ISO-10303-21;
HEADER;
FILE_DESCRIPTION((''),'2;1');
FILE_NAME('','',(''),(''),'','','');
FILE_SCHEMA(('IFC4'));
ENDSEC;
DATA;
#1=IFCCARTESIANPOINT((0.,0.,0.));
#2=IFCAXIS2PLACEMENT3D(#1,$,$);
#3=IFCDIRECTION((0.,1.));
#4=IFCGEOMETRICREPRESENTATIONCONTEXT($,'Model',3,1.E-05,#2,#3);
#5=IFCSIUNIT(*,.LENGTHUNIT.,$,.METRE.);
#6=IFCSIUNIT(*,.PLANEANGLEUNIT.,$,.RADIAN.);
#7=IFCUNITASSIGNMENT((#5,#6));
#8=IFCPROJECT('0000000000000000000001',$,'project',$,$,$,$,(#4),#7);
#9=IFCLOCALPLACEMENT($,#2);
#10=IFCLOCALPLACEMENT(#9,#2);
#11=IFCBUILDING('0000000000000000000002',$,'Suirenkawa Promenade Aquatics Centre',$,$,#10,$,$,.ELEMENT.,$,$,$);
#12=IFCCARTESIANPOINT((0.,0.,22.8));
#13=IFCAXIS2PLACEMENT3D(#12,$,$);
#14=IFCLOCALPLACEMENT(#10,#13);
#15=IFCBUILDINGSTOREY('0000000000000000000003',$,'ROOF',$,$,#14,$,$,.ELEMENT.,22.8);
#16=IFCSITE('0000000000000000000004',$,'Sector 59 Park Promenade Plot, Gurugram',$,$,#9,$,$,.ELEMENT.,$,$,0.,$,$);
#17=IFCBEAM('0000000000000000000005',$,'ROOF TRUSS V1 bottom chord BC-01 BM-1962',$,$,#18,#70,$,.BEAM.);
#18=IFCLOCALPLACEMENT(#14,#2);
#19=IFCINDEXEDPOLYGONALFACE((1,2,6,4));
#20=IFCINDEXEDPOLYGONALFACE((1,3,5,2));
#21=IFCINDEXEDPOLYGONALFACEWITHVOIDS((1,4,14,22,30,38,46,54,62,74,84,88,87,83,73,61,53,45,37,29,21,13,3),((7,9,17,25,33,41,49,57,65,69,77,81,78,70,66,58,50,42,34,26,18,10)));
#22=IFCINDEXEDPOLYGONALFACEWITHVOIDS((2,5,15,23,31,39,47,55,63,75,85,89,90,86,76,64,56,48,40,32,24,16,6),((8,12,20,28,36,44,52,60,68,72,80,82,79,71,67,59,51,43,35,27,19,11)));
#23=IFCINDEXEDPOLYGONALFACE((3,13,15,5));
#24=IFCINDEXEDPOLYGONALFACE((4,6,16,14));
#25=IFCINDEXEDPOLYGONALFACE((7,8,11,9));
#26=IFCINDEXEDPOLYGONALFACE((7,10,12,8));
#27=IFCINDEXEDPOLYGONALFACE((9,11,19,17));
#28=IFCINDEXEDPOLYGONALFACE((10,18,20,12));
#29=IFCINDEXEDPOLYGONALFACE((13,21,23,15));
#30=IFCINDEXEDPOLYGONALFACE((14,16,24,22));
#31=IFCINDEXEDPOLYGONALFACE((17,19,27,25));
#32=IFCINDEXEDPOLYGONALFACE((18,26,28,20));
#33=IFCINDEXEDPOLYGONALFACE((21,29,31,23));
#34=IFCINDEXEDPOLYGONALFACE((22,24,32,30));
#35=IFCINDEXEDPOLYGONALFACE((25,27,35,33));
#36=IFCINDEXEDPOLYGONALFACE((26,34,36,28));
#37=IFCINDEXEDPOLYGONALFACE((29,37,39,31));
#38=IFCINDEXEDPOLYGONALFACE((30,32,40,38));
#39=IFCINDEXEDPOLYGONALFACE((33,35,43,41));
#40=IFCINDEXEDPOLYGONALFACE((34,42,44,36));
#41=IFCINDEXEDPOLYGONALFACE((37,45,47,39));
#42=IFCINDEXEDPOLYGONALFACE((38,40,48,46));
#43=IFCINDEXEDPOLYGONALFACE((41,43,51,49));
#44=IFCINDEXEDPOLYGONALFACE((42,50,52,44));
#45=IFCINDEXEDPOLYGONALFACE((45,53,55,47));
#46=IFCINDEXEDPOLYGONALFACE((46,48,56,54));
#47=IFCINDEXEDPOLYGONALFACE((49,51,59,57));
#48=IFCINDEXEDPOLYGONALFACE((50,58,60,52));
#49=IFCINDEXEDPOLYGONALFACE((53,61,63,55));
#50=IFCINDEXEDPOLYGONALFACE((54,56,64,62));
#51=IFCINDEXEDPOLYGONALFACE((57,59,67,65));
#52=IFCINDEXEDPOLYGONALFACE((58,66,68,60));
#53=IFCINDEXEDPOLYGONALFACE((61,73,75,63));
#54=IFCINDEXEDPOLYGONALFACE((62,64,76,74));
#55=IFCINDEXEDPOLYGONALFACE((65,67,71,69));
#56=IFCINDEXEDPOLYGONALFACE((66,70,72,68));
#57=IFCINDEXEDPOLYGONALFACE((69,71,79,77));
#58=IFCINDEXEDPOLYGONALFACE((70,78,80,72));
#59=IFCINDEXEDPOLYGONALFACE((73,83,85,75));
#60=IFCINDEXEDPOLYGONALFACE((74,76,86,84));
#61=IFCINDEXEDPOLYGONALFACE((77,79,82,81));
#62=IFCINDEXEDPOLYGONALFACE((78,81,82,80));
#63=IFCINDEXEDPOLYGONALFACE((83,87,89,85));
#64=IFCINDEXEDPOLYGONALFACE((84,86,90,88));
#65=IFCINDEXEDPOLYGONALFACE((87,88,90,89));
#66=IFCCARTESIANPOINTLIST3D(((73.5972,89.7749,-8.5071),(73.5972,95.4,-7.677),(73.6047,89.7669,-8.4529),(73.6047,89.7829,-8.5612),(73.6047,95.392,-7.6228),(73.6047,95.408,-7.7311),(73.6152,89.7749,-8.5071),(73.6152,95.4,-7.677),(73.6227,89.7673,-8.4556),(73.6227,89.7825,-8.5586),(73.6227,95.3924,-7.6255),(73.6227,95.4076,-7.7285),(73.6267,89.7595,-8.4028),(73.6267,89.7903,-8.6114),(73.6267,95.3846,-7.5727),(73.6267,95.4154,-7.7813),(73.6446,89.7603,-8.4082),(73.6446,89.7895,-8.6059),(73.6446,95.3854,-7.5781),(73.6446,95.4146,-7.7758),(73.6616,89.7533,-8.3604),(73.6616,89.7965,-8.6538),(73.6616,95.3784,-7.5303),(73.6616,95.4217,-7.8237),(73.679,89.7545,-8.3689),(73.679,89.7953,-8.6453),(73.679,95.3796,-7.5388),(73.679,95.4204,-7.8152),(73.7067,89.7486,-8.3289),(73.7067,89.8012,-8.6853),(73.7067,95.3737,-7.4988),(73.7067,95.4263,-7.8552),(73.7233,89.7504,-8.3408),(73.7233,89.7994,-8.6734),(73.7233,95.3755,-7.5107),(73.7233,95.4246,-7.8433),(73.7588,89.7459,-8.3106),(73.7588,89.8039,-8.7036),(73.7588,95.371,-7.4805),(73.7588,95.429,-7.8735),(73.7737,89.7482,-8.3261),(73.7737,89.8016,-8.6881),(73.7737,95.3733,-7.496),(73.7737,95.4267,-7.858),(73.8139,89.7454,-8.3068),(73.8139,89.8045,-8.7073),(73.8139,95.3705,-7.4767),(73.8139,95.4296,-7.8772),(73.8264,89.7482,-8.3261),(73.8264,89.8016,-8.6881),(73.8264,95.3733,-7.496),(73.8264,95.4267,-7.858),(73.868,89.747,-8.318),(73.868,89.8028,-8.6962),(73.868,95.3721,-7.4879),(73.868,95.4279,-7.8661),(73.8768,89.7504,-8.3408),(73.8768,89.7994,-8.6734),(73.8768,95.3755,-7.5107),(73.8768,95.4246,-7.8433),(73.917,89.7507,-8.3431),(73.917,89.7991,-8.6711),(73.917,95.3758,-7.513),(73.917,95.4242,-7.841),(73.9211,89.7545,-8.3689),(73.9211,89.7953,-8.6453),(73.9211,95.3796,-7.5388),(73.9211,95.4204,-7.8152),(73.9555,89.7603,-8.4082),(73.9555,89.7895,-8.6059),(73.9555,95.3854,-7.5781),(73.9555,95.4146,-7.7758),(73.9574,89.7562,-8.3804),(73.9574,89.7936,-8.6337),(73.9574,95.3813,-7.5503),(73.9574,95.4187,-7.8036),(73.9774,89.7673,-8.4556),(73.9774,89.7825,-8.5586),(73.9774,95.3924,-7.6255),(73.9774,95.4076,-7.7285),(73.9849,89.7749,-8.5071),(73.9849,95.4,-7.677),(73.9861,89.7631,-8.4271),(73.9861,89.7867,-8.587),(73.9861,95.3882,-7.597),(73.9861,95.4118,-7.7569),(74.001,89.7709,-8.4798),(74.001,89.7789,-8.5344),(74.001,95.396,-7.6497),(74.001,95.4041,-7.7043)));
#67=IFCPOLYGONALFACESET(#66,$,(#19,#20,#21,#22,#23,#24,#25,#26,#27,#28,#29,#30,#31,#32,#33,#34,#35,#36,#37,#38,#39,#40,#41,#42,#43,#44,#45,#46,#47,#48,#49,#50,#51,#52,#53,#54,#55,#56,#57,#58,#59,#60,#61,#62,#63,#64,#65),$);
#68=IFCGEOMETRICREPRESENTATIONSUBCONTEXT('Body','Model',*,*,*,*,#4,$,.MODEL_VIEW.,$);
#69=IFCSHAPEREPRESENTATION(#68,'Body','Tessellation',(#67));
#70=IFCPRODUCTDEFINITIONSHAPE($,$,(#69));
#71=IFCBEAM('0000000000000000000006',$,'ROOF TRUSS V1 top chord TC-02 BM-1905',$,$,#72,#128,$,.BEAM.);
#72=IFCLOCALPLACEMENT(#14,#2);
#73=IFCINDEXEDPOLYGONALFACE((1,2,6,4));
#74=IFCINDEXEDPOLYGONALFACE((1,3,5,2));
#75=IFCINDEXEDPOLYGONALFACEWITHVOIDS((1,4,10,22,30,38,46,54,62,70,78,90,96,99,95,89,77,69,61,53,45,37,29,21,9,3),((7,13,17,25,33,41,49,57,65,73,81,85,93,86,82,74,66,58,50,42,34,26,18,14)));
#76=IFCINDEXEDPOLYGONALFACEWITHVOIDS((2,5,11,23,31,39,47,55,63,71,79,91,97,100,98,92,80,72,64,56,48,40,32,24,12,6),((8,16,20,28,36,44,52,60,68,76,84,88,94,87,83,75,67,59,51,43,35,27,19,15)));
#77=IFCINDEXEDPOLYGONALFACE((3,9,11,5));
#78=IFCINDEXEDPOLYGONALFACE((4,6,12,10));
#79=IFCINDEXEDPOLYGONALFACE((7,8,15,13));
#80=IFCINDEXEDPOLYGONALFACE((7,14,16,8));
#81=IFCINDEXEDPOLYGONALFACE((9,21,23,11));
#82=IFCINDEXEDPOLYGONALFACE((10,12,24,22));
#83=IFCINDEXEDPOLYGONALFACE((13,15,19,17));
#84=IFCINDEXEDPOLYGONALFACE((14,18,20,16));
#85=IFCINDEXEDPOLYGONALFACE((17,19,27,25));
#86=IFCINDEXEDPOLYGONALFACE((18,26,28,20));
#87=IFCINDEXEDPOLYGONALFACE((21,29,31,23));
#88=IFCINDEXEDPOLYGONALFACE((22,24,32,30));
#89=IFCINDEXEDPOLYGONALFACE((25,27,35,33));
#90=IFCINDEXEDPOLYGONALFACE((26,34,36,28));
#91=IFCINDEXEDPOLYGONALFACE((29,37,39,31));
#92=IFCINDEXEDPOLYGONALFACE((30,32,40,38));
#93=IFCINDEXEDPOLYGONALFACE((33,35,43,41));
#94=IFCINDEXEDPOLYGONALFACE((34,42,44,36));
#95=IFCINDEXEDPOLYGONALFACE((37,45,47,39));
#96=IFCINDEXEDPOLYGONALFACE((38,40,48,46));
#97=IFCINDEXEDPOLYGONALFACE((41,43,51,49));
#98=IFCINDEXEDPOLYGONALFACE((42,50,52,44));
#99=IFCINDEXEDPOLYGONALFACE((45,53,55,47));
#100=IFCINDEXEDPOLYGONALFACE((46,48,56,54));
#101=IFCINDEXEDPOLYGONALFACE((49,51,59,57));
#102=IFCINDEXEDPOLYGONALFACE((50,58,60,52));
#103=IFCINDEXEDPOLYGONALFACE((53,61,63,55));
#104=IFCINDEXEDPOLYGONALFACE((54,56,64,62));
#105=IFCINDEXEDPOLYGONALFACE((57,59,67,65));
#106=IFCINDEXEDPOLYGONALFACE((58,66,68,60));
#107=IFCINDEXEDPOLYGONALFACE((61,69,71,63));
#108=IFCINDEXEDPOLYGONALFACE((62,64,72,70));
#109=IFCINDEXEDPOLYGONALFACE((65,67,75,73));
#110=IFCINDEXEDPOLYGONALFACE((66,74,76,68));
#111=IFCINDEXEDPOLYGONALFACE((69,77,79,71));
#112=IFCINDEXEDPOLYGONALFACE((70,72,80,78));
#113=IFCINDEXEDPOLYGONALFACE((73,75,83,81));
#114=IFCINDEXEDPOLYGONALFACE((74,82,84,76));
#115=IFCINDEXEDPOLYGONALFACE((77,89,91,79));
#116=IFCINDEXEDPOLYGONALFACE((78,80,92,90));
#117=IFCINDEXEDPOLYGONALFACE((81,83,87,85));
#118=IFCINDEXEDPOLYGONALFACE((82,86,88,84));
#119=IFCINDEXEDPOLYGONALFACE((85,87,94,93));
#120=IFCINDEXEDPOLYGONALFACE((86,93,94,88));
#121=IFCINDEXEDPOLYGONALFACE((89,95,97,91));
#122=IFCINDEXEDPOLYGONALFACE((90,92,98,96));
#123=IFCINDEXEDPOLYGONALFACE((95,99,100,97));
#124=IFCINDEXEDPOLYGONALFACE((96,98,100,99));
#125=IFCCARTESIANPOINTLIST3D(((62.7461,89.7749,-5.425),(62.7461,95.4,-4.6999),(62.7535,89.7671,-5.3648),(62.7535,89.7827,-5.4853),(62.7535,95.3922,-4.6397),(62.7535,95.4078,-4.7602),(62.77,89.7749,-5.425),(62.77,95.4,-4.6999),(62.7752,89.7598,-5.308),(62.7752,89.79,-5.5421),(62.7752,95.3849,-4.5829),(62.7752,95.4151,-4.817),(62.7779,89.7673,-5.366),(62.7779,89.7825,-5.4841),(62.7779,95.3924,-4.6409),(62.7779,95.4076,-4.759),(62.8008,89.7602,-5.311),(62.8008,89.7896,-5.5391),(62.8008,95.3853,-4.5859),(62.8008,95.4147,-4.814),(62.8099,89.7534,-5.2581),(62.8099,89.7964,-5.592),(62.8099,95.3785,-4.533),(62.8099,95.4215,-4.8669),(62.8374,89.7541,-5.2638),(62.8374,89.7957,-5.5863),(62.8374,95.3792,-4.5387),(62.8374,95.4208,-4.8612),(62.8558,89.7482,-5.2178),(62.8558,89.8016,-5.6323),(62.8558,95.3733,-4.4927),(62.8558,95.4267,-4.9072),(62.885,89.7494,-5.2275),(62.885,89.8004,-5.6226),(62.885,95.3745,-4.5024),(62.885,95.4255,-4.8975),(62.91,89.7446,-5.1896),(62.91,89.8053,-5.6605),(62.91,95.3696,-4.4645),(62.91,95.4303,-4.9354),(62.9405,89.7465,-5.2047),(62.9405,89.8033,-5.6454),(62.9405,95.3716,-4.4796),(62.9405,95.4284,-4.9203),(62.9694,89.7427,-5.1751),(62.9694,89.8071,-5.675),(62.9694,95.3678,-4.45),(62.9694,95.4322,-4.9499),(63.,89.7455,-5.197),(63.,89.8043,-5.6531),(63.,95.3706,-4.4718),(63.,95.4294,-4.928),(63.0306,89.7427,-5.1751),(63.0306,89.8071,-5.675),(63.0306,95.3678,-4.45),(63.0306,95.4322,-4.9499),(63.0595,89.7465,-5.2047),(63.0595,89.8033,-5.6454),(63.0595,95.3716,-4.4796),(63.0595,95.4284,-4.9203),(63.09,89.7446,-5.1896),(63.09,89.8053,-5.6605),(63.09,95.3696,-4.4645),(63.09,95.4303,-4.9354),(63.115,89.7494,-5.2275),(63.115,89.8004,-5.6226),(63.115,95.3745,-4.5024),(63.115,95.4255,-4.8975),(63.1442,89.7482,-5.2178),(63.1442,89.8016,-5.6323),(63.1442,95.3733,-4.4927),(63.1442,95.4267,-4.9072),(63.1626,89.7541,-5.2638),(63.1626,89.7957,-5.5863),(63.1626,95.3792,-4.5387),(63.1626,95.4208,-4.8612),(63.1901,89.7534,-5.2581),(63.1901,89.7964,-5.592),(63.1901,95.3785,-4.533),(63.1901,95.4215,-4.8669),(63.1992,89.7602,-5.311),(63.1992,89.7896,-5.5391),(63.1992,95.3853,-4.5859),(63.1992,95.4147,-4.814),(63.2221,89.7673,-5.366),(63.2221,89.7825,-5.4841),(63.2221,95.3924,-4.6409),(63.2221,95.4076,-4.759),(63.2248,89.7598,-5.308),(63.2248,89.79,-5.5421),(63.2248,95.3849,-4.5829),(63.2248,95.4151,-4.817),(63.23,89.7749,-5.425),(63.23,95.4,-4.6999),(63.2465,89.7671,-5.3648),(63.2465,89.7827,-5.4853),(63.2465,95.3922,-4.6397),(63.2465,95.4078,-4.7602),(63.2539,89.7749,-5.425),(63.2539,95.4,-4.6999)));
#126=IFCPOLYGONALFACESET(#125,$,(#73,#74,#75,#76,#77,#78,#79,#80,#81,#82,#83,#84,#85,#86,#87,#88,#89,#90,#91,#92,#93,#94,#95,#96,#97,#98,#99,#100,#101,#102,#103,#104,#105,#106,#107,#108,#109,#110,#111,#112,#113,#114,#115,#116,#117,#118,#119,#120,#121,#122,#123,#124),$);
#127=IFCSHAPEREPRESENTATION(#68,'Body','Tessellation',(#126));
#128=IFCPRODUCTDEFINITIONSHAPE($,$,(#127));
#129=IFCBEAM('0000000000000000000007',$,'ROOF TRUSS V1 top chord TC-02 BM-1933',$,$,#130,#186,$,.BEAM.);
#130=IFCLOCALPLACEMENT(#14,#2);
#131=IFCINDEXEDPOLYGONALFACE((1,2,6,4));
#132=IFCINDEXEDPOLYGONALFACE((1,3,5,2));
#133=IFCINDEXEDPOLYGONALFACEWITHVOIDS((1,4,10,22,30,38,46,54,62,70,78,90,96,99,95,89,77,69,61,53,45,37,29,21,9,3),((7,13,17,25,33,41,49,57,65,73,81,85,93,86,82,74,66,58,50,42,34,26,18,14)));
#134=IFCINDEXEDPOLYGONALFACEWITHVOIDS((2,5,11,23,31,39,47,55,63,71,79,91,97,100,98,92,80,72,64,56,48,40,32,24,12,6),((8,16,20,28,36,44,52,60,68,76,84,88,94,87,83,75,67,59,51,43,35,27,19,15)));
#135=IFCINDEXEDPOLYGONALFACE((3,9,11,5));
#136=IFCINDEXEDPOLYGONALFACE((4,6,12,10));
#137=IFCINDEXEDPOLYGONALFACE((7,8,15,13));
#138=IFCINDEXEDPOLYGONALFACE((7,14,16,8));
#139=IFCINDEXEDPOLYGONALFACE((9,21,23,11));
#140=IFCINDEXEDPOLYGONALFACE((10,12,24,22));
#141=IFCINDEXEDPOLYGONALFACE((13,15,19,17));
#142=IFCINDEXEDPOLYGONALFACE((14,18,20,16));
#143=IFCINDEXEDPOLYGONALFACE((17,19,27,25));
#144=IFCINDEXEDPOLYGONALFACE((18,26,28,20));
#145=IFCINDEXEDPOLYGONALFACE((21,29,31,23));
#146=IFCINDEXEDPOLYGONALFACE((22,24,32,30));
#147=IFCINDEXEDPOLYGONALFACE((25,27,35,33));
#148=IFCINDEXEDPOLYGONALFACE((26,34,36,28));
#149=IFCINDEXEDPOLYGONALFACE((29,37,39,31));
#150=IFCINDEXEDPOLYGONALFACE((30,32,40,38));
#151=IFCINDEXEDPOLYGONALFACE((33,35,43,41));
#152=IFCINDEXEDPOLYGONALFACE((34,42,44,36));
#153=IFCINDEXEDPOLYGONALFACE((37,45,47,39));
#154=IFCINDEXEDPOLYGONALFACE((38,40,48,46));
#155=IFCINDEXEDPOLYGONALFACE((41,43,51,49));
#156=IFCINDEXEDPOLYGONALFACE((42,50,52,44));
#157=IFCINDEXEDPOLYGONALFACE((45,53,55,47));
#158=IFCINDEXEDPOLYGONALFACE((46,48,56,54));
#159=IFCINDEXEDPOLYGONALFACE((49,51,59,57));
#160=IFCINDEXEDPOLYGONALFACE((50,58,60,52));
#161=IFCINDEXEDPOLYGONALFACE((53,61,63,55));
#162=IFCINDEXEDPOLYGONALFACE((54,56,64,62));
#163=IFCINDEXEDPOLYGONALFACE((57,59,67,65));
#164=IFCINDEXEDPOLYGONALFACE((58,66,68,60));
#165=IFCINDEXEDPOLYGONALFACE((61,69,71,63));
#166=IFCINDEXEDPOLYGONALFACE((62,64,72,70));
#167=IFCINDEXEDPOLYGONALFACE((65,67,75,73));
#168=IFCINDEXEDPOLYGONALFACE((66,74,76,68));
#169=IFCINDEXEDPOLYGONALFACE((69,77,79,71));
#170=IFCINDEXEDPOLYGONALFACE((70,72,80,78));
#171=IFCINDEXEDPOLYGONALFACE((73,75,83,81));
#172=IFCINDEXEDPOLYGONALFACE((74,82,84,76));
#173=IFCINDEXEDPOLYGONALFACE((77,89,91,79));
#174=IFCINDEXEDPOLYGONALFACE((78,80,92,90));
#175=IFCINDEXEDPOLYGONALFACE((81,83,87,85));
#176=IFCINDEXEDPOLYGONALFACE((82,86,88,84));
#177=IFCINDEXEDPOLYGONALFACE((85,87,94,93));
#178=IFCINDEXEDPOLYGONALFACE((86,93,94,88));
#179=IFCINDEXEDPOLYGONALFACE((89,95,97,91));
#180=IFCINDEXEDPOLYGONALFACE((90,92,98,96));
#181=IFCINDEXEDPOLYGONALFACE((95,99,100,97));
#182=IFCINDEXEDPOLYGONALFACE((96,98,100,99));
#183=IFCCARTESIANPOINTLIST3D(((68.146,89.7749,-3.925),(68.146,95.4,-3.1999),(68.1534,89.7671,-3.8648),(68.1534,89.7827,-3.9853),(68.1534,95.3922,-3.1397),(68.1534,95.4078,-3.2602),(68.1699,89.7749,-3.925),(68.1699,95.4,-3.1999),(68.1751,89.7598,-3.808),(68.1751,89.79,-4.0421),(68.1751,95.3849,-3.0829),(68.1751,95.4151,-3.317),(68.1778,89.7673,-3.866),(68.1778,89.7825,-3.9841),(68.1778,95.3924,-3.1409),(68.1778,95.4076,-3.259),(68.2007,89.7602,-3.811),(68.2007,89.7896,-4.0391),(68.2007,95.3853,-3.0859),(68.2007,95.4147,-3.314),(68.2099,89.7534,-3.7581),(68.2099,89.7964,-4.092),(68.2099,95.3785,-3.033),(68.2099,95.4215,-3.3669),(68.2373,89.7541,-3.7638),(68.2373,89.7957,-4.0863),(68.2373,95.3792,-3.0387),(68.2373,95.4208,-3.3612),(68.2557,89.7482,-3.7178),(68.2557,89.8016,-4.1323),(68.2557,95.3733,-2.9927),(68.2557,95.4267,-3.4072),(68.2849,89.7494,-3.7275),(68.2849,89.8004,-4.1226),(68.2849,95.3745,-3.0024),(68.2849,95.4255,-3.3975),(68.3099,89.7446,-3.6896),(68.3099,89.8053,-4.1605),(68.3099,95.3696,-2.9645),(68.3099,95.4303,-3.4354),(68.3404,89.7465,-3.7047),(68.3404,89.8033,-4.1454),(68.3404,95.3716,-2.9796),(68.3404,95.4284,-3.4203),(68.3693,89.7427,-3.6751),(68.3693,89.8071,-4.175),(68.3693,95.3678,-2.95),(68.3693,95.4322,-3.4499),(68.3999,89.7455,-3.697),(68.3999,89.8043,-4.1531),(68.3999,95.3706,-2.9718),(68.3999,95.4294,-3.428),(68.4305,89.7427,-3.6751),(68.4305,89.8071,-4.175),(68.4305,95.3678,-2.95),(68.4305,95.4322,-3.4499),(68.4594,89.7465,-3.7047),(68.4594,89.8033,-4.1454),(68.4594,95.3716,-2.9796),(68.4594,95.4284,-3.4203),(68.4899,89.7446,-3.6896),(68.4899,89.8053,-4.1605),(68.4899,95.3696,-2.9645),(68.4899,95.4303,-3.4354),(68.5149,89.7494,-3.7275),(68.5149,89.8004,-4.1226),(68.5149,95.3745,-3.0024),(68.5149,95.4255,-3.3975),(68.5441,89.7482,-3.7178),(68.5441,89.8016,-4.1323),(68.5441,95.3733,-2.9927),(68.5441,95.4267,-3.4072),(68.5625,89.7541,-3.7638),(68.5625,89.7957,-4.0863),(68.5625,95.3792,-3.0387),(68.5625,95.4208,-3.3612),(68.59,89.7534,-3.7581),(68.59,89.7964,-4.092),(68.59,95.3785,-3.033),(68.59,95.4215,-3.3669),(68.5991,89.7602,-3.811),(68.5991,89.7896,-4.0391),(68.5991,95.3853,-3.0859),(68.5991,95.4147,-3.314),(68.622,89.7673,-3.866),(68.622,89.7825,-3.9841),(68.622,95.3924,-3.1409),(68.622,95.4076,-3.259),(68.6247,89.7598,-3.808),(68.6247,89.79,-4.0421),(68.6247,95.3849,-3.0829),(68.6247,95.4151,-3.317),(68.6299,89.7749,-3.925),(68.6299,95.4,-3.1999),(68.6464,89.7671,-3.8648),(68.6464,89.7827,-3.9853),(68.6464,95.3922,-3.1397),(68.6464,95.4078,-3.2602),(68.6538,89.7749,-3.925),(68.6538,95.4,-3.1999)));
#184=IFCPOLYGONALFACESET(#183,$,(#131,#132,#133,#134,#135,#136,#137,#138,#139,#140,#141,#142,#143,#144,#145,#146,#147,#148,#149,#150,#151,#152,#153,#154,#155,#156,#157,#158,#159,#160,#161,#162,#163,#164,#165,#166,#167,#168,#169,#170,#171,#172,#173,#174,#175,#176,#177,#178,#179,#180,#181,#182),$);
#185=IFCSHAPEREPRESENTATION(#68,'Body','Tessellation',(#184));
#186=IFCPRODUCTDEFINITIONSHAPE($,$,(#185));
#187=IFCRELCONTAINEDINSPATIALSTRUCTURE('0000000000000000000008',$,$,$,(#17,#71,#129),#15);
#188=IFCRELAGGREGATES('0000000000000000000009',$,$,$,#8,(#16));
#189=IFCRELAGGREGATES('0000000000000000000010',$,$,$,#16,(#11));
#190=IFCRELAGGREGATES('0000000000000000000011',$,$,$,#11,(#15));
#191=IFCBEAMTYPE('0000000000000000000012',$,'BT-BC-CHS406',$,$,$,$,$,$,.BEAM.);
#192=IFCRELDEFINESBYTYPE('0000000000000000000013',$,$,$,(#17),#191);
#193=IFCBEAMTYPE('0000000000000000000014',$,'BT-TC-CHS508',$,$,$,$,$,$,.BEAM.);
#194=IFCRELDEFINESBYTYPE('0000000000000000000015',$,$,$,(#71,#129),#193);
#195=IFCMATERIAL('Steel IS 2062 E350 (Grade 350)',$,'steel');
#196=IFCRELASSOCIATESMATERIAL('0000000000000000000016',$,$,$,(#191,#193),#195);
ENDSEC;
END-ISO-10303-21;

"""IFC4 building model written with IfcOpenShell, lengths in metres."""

from ifc_helpers import new_model, si_unit, direction, frame, origin, origin_2d, place, context, subcontext, project, spatial, hollow_circle, extrude, material, material_profile, profile_set, type_object, element, save


model = new_model("IFC4")

# Units and contexts
model_context = context("Model", 3, precision=1e-05, world=origin(), true_north=direction((0.0, 1.0)))
body_context = subcontext(model_context, "Body", "Model", "MODEL_VIEW")
ifc_project = project(units=[si_unit("LENGTHUNIT", "METRE"), si_unit("PLANEANGLEUNIT", "RADIAN")], contexts=[model_context])

# Site, building, storey
site_placement = place(None, origin())
site = spatial("IfcSite", under=ifc_project, at=site_placement, Name="Sector 59 Park Promenade Plot, Gurugram", CompositionType="ELEMENT", RefElevation=0.0)
building_placement = place(site_placement, origin())
building = spatial("IfcBuilding", under=site, at=building_placement, Name="Suirenkawa Promenade Aquatics Centre", CompositionType="ELEMENT")
storey_placement = place(building_placement, frame((0.0, 0.0, 22.8)))
storey = spatial("IfcBuildingStorey", under=building, at=storey_placement, Name="ROOF", CompositionType="ELEMENT", Elevation=22.8)

# Beams
ifc_material = material(Name="Steel IS 2062 E350 (Grade 350)", Category="steel")
ifc_material_profile_1 = material_profile(ifc_material, hollow_circle(Radius=0.2029, WallThickness=0.0181, at=origin_2d()), Name="CHS 406x18", Category="steel")
ifc_profile_set_1 = profile_set([ifc_material_profile_1], Name="Steel IS 2062 E350 (Grade 350)")
beam_type_1 = type_object("IfcBeamType", Name="BT-BC-CHS406", PredefinedType="BEAM", material=ifc_profile_set_1)
beam_1_placement = place(storey_placement, frame((73.8, 89.7749, -8.5071), z_axis=(0.0, 0.989286, 0.145988), x_axis=(-1.0, 0.0, 0.0)))
element("IfcBeam", 1, at=beam_1_placement, inside=storey, type_object=beam_type_1, Name="ROOF TRUSS V1 bottom chord BC-01 BM-1962", PredefinedType="BEAM", context=body_context, shape_type="SweptSolid", body=[
    extrude(hollow_circle(Radius=0.2029, WallThickness=0.0181, at=origin_2d()), origin(), (0.0, 0.0, 1.0), 5.686),
])
ifc_material_profile_2 = material_profile(ifc_material, hollow_circle(Radius=0.2539, WallThickness=0.0239, at=origin_2d()), Name="CHS 508x24", Category="steel")
ifc_profile_set_2 = profile_set([ifc_material_profile_2], Name="Steel IS 2062 E350 (Grade 350)")
beam_type_2 = type_object("IfcBeamType", Name="BT-TC-CHS508", PredefinedType="BEAM", material=ifc_profile_set_2)
for number, where, z_axis, x_axis, name in (
    (2, (63.0, 89.7749, -5.425), (0.0, 0.991794, 0.127848), (-1.0, 0.0, 0.0), "ROOF TRUSS V1 top chord TC-02 BM-1905"),
    (3, (68.3999, 89.7749, -3.925), (0.0, 0.991794, 0.127848), (-1.0, 0.0, 0.0), "ROOF TRUSS V1 top chord TC-02 BM-1933"),
):
    element("IfcBeam", number, at=place(storey_placement, frame(where, z_axis=z_axis, x_axis=x_axis)), inside=storey, type_object=beam_type_2, Name=name, PredefinedType="BEAM", context=body_context, shape_type="SweptSolid", body=[
        extrude(hollow_circle(Radius=0.2539, WallThickness=0.0239, at=origin_2d()), origin(), (0.0, 0.0, 1.0), 5.6716),
    ])

save(model, "model.ifc")
